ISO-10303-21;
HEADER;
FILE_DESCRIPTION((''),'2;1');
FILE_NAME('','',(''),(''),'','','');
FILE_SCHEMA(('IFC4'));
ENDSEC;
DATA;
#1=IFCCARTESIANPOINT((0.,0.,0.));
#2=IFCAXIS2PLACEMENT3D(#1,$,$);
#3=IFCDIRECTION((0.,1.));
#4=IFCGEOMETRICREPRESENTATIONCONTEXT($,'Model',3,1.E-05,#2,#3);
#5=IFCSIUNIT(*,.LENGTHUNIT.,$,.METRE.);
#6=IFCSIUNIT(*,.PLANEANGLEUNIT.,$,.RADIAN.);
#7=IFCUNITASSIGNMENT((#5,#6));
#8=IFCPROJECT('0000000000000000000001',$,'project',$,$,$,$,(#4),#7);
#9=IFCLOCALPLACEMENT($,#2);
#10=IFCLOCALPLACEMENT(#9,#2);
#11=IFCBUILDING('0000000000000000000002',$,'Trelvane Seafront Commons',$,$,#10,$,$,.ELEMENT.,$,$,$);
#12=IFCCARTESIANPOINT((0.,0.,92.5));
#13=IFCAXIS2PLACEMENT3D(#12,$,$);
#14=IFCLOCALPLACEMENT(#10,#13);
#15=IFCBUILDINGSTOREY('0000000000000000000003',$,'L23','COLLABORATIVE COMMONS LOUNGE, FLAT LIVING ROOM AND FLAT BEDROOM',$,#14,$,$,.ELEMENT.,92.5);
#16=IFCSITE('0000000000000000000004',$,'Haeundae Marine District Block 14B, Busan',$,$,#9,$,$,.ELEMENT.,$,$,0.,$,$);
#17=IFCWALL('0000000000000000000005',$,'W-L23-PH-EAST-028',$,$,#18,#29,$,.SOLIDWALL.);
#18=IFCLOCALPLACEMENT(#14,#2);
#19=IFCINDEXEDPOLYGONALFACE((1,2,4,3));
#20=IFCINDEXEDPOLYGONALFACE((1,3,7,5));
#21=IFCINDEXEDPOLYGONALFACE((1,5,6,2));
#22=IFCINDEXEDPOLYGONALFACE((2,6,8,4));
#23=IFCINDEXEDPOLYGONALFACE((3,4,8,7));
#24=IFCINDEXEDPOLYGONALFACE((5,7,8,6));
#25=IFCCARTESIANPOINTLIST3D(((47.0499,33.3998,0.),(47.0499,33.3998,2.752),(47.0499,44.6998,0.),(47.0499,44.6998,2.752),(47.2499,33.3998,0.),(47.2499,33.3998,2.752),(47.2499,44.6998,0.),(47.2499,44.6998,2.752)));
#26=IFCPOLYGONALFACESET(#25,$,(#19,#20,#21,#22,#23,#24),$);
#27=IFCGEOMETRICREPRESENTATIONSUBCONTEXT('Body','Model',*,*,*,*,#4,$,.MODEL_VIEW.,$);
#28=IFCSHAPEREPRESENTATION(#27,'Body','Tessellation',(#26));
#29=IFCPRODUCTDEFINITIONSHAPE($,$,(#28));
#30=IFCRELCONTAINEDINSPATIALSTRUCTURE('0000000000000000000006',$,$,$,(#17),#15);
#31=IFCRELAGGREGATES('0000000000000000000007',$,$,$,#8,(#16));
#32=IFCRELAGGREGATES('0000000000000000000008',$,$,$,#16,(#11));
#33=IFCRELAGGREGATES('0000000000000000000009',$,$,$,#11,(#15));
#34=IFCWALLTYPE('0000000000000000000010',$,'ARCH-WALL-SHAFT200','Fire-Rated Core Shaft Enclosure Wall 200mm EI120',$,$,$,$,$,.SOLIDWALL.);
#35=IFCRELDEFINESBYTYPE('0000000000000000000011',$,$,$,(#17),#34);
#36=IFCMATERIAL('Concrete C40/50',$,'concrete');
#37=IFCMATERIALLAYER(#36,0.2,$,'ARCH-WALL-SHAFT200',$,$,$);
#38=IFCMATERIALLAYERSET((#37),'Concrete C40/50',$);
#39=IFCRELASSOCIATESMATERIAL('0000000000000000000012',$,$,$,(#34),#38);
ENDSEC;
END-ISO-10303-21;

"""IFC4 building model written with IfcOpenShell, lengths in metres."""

from ifc_helpers import new_model, si_unit, direction, frame, frame_2d, origin, place, context, subcontext, project, spatial, rectangle, extrude, material, layer, layer_set, type_object, element, save


model = new_model("IFC4")

# Units and contexts
model_context = context("Model", 3, precision=1e-05, world=origin(), true_north=direction((0.0, 1.0)))
body_context = subcontext(model_context, "Body", "Model", "MODEL_VIEW")
ifc_project = project(units=[si_unit("LENGTHUNIT", "METRE"), si_unit("PLANEANGLEUNIT", "RADIAN")], contexts=[model_context])

# Site, building, storey
site_placement = place(None, origin())
site = spatial("IfcSite", under=ifc_project, at=site_placement, Name="Haeundae Marine District Block 14B, Busan", CompositionType="ELEMENT", RefElevation=0.0)
building_placement = place(site_placement, origin())
building = spatial("IfcBuilding", under=site, at=building_placement, Name="Trelvane Seafront Commons", CompositionType="ELEMENT")
storey_placement = place(building_placement, frame((0.0, 0.0, 92.5)))
storey = spatial("IfcBuildingStorey", under=building, at=storey_placement, Name="L23", Description="COLLABORATIVE COMMONS LOUNGE, FLAT LIVING ROOM AND FLAT BEDROOM", CompositionType="ELEMENT", Elevation=92.5)

# Shared definitions
ifc_material_1 = material(Name="Concrete C40/50", Category="concrete")

# Wall
ifc_layer_1 = layer(ifc_material_1, 0.2, Name="ARCH-WALL-SHAFT200")
ifc_layer_set_1 = layer_set([ifc_layer_1], Name="Concrete C40/50")
wall_type_1 = type_object("IfcWallType", Name="ARCH-WALL-SHAFT200", Description="Fire-Rated Core Shaft Enclosure Wall 200mm EI120", PredefinedType="SOLIDWALL", material=ifc_layer_set_1)
wall_1_placement = place(storey_placement, frame((47.1499, 33.3999, 0.0), z_axis=(0.0, 0.0, 1.0), x_axis=(0.0, 1.0, 0.0)))
element("IfcWall", 1, at=wall_1_placement, inside=storey, type_object=wall_type_1, Name="W-L23-PH-EAST-028", PredefinedType="SOLIDWALL", context=body_context, shape_type="SweptSolid", body=[
    extrude(rectangle(XDim=11.3, YDim=0.2, at=frame_2d((5.6499, 0.0))), origin(), (0.0, 0.0, 1.0), 2.752),
])

save(model, "model.ifc")
